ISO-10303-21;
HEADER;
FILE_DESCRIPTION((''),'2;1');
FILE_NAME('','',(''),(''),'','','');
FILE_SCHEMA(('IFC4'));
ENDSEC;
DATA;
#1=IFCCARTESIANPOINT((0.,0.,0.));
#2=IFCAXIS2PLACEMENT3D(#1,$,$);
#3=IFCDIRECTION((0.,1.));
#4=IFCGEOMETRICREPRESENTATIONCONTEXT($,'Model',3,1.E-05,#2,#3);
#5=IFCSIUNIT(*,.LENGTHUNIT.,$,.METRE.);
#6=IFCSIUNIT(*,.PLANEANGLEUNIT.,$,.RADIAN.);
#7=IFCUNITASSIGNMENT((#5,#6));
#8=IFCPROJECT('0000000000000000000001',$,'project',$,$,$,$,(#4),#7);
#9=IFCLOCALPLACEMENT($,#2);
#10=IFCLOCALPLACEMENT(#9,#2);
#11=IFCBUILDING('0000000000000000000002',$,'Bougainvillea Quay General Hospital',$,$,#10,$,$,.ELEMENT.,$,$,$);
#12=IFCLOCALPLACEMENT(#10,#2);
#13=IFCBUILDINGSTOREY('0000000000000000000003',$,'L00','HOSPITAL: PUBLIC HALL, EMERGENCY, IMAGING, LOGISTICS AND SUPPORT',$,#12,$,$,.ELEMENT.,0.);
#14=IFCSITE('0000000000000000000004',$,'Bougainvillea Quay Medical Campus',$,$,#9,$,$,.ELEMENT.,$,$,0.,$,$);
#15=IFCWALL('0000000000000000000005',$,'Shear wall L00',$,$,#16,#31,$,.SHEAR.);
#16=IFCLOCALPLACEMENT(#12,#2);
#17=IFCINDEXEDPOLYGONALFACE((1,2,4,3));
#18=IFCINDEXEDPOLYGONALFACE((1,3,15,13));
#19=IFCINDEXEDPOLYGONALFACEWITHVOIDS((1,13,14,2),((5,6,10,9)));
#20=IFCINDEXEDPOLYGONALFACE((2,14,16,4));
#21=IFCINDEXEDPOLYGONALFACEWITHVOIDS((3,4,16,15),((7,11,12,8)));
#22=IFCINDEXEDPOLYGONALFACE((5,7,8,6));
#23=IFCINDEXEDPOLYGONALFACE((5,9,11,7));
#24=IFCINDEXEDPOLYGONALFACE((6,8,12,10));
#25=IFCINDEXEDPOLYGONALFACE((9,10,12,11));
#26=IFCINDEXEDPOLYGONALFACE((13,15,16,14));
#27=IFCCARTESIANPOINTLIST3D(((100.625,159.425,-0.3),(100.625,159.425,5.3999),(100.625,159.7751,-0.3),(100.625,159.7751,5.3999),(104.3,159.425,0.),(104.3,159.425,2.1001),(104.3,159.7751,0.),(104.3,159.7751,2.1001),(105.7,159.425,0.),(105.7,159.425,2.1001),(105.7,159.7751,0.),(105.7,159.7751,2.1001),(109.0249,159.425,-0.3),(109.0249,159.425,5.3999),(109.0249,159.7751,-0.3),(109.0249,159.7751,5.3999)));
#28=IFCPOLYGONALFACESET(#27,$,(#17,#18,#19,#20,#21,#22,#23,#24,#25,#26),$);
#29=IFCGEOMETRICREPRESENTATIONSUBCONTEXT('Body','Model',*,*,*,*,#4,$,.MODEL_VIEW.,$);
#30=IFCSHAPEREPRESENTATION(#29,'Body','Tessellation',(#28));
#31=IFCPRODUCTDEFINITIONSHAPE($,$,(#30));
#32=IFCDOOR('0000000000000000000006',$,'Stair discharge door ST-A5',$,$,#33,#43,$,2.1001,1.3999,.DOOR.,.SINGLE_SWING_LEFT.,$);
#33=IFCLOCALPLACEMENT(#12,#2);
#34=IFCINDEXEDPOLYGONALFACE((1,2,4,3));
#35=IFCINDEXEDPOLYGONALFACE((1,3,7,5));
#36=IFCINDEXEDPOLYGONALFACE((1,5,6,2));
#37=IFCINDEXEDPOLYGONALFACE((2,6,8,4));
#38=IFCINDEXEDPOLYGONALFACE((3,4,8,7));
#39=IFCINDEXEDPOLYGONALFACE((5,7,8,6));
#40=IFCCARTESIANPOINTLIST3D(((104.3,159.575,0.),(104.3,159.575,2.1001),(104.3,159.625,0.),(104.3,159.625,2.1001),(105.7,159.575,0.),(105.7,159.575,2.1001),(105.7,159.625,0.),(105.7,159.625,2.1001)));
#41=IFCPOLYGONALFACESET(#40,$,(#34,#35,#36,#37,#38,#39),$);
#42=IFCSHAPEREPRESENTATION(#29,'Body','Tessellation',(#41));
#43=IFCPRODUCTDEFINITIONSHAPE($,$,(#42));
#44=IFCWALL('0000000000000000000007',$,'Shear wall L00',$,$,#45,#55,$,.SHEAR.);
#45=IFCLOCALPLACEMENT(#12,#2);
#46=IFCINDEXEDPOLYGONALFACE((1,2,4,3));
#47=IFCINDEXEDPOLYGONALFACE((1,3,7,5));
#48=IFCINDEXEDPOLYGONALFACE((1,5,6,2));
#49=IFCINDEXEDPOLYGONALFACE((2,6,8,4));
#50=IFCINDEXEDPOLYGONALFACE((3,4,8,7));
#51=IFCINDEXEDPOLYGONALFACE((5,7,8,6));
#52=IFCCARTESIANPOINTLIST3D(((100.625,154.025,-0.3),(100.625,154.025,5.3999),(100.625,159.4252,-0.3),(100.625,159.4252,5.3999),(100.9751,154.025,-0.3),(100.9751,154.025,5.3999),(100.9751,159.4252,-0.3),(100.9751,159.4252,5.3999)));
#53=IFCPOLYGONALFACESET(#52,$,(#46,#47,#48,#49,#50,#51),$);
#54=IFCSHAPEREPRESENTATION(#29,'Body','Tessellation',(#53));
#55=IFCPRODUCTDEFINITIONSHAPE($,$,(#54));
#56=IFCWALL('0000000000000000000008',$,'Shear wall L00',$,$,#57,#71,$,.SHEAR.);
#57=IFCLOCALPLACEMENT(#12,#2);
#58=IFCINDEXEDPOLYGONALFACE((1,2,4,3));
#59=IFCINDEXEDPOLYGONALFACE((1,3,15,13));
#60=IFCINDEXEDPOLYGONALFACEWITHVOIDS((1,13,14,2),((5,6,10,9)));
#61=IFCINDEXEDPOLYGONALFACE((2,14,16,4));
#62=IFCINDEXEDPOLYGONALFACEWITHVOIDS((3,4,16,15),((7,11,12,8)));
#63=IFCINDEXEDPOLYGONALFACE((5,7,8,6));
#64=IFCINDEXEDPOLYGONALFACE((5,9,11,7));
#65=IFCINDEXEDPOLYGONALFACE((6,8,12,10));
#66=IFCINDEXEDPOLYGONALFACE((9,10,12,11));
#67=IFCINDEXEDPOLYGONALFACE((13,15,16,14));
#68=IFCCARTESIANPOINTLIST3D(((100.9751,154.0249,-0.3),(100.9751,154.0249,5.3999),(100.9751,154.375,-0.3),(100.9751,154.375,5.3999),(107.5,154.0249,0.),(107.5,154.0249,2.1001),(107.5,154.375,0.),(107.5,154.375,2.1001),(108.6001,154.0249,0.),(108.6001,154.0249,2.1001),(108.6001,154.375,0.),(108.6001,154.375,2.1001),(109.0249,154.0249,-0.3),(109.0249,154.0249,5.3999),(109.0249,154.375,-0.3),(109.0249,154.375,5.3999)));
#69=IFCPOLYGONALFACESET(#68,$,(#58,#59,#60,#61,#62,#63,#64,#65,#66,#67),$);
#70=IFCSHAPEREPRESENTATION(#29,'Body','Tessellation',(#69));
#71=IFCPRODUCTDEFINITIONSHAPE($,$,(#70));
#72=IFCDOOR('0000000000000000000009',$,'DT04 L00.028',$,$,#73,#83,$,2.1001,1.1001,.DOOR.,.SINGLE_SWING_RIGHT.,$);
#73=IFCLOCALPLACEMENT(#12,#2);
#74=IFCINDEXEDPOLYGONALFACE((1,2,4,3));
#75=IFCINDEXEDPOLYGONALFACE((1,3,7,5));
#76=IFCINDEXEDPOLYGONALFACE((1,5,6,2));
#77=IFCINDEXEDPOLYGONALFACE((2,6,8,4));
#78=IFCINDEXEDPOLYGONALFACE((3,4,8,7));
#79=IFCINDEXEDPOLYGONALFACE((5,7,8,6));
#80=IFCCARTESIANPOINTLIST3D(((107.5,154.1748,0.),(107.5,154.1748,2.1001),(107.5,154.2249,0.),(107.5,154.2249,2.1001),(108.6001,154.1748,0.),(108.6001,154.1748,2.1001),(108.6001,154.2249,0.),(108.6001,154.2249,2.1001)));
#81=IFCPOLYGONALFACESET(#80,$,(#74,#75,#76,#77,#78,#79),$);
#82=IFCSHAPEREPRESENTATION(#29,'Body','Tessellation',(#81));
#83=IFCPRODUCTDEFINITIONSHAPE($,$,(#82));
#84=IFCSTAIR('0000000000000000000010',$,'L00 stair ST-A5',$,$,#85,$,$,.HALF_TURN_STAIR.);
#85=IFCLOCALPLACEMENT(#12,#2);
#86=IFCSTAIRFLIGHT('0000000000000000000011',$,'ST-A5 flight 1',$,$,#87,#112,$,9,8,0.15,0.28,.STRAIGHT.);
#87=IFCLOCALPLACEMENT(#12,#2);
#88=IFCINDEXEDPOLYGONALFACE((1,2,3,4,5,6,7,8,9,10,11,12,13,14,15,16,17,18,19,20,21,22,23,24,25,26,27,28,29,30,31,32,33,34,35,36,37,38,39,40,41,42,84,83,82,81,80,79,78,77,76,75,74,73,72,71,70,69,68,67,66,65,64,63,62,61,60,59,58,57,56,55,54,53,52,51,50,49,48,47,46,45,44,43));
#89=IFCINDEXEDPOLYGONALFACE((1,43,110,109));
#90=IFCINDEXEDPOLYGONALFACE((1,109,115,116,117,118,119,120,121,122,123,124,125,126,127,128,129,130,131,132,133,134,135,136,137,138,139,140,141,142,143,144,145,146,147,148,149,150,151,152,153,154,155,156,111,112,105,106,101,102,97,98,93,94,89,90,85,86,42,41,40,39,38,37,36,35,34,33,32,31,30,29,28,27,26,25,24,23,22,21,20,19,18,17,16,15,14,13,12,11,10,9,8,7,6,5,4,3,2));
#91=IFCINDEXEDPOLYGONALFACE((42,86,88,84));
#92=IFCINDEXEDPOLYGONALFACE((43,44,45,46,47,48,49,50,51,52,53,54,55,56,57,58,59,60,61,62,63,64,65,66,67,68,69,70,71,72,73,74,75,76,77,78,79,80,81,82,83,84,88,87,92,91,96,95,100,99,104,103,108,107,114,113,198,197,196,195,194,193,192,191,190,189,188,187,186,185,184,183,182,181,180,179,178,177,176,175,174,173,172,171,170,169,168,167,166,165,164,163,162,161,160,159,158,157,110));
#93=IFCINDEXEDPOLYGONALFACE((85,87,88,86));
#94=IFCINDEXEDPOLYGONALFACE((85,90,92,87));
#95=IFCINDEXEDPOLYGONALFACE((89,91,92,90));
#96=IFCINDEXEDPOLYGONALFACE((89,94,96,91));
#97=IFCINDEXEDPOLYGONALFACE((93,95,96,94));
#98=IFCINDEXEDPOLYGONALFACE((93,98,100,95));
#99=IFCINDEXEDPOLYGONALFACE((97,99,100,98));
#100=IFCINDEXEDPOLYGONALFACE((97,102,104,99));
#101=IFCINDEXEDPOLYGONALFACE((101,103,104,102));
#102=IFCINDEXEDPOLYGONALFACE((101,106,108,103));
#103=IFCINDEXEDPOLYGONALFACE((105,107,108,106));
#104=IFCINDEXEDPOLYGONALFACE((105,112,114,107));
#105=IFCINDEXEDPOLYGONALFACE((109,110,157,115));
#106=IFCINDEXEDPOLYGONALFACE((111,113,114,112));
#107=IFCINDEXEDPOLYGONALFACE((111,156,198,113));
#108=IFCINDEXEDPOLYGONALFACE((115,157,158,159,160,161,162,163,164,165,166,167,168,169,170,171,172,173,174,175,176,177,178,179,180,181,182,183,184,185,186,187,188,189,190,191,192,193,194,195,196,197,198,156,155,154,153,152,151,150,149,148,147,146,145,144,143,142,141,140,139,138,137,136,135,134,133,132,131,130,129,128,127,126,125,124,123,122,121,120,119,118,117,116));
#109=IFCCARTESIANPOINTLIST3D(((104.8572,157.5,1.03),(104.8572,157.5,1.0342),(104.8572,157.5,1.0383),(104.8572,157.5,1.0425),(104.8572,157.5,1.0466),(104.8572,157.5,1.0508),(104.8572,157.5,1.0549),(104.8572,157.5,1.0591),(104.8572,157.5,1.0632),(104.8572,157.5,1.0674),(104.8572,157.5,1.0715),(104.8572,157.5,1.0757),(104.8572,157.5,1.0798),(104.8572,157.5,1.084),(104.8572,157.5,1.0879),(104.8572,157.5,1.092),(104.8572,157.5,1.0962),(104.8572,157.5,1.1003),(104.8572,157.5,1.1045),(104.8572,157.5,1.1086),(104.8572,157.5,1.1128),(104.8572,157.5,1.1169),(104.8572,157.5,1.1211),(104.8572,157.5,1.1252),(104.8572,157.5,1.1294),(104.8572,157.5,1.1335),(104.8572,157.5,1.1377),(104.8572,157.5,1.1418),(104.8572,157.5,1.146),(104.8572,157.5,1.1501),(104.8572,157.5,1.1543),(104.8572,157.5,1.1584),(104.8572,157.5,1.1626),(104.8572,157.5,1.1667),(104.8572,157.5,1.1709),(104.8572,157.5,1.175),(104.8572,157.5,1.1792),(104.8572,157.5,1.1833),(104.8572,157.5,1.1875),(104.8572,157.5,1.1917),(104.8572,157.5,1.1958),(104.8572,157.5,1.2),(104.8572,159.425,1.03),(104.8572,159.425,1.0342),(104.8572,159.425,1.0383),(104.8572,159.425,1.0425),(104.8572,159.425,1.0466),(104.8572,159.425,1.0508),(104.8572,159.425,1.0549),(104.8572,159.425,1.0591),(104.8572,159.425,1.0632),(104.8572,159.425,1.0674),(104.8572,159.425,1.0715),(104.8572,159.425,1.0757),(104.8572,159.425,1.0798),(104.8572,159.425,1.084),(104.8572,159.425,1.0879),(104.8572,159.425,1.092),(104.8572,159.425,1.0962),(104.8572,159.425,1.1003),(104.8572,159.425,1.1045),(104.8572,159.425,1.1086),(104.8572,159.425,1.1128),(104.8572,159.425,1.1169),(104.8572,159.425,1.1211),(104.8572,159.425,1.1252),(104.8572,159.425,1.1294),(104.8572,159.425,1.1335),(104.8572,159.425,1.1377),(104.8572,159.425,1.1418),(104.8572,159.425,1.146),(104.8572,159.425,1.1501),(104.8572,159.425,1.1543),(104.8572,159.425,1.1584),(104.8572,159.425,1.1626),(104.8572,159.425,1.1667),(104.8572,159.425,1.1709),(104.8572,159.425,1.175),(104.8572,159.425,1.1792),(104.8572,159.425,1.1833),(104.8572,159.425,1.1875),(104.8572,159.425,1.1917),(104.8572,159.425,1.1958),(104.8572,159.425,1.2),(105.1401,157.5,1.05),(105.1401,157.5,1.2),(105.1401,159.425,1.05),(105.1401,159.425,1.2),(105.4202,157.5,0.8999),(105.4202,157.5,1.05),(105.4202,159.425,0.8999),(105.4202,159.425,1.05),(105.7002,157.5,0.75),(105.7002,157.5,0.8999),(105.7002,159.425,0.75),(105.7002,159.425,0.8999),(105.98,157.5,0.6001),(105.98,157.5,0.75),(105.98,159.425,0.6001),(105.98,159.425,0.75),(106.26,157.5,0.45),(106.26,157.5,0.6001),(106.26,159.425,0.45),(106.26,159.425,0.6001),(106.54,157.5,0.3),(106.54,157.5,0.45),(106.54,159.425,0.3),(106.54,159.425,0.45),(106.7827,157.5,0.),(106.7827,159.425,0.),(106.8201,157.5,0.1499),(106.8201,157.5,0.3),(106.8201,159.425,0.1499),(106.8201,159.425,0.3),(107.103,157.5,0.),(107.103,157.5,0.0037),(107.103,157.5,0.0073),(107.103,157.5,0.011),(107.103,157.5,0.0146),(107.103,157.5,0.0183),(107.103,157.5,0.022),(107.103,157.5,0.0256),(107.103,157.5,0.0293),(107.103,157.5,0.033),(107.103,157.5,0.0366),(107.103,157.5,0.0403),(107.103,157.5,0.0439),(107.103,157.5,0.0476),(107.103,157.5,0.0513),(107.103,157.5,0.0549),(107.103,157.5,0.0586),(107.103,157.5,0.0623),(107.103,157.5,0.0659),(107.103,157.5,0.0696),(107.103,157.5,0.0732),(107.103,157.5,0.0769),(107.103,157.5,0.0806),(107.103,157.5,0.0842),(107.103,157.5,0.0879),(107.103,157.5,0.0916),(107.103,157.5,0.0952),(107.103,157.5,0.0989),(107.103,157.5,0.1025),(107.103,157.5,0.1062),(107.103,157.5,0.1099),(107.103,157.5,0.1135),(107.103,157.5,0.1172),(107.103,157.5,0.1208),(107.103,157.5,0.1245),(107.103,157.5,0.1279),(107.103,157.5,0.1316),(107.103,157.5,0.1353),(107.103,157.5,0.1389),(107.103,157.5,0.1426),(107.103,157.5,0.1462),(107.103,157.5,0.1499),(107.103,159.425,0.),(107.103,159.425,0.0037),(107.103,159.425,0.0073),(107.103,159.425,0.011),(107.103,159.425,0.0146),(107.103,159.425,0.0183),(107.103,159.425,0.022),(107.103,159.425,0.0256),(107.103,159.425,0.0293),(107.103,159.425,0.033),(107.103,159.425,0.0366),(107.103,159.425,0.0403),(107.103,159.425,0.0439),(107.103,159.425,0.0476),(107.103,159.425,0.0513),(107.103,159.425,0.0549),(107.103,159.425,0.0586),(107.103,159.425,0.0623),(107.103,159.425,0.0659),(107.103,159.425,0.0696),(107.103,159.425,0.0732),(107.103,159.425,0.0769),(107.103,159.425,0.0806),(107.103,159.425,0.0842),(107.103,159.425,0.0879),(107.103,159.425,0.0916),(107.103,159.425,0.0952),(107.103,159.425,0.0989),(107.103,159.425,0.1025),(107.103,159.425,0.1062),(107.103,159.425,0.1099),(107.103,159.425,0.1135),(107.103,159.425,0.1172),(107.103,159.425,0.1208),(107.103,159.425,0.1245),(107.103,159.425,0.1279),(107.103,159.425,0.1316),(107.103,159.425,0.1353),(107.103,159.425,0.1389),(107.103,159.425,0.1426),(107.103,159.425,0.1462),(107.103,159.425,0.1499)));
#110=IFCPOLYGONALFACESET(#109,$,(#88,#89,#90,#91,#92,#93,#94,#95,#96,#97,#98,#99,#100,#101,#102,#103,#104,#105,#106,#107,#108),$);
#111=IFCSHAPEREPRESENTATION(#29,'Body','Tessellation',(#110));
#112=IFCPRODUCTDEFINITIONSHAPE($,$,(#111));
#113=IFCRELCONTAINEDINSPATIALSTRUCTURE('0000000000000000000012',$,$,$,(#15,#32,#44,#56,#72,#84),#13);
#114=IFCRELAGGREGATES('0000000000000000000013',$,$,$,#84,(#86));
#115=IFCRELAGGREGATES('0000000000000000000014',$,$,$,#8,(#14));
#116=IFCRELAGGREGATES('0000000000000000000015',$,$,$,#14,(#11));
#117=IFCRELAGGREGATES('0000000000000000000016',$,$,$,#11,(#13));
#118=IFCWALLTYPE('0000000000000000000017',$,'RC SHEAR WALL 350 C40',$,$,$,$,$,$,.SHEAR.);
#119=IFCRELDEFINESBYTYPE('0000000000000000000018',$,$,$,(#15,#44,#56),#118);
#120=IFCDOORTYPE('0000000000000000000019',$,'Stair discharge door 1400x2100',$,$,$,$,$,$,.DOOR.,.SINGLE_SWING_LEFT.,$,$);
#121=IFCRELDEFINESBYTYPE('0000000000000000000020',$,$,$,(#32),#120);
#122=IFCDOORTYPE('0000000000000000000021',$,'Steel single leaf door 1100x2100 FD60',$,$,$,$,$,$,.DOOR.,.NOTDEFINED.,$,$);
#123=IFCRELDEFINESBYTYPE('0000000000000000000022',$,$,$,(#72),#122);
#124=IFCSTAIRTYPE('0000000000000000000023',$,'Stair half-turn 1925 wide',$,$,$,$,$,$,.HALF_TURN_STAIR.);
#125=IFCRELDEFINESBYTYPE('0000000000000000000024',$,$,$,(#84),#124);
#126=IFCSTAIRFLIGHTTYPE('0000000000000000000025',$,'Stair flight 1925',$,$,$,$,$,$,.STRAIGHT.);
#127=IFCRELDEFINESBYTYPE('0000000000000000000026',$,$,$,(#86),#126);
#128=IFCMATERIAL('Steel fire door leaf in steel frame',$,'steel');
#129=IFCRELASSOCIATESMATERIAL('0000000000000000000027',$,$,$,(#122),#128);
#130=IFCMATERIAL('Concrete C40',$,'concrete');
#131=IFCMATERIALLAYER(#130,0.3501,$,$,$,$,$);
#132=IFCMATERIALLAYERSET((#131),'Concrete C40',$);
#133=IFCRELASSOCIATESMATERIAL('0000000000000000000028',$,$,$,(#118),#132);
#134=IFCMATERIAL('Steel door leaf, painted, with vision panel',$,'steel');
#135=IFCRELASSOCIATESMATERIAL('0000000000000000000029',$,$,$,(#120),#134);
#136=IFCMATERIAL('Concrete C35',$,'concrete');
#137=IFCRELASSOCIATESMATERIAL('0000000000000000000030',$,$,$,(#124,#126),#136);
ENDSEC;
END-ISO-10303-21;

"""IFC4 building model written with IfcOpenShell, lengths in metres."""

from ifc_helpers import new_model, si_unit, direction, frame, frame_2d, origin, place, context, subcontext, project, spatial, polyline, rectangle, outline, extrude, material, layer, layer_set, type_object, element, fill, aggregate, save


model = new_model("IFC4")

# Units and contexts
model_context = context("Model", 3, precision=1e-05, world=origin(), true_north=direction((0.0, 1.0)))
body_context = subcontext(model_context, "Body", "Model", "MODEL_VIEW")
ifc_project = project(units=[si_unit("LENGTHUNIT", "METRE"), si_unit("PLANEANGLEUNIT", "RADIAN")], contexts=[model_context])

# Site, building, storey
site_placement = place(None, origin())
site = spatial("IfcSite", under=ifc_project, at=site_placement, Name="Bougainvillea Quay Medical Campus", CompositionType="ELEMENT", RefElevation=0.0)
building_placement = place(site_placement, origin())
building = spatial("IfcBuilding", under=site, at=building_placement, Name="Bougainvillea Quay General Hospital", CompositionType="ELEMENT")
storey_placement = place(building_placement, origin())
storey = spatial("IfcBuildingStorey", under=building, at=storey_placement, Name="L00", Description="HOSPITAL: PUBLIC HALL, EMERGENCY, IMAGING, LOGISTICS AND SUPPORT", CompositionType="ELEMENT", Elevation=0.0)

# Shared definitions
ifc_material_1 = material(Name="Steel fire door leaf in steel frame", Category="steel")
door_type_1 = type_object("IfcDoorType", Name="Steel single leaf door 1100x2100 FD60", OperationType="NOTDEFINED", PredefinedType="DOOR", material=ifc_material_1)

# Wall, opening, door
ifc_material_2 = material(Name="Concrete C40", Category="concrete")
ifc_layer_1 = layer(ifc_material_2, 0.3501)
ifc_layer_set_1 = layer_set([ifc_layer_1], Name="Concrete C40")
wall_type_1 = type_object("IfcWallType", Name="RC SHEAR WALL 350 C40", PredefinedType="SHEAR", material=ifc_layer_set_1)
wall_1_placement = place(storey_placement, frame((100.625, 159.6001, -0.3), z_axis=(0.0, 0.0, 1.0), x_axis=(1.0, 0.0, 0.0)))
wall_1 = element("IfcWall", 1, at=wall_1_placement, inside=storey, type_object=wall_type_1, Name="Shear wall L00", PredefinedType="SHEAR", context=body_context, shape_type="SweptSolid", body=[
    extrude(rectangle(XDim=8.3999, YDim=0.3501, at=frame_2d((4.2, 0.0))), origin(), (0.0, 0.0, 1.0), 5.7),
])
opening_1_placement = place(wall_1_placement, frame((3.675, 0.0, 0.3)))
opening_1 = element("IfcOpeningElement", 2, at=opening_1_placement, cuts=wall_1, PredefinedType="OPENING", context=body_context, shape_type="SweptSolid", body=[
    extrude(rectangle(XDim=1.3999, YDim=2.1001, at=frame_2d((0.7, 1.05))), frame((0.0, 0.1851, 0.0), z_axis=(0.0, -1.0, 0.0), x_axis=(1.0, 0.0, 0.0)), (0.0, 0.0, 1.0), 0.3701),
])
ifc_material_3 = material(Name="Steel door leaf, painted, with vision panel", Category="steel")
door_type_2 = type_object("IfcDoorType", Name="Stair discharge door 1400x2100", OperationType="SINGLE_SWING_LEFT", PredefinedType="DOOR", material=ifc_material_3)
door_1_placement = place(opening_1_placement, origin())
door_1 = element("IfcDoor", 3, at=door_1_placement, inside=storey, type_object=door_type_2, Name="Stair discharge door ST-A5", OperationType="SINGLE_SWING_LEFT", OverallHeight=2.1001, OverallWidth=1.3999, PredefinedType="DOOR", context=body_context, shape_type="SweptSolid", body=[
    extrude(rectangle(XDim=1.3999, YDim=2.1001, at=frame_2d((0.7, 1.05))), frame((0.0, 0.0249, 0.0), z_axis=(0.0, -1.0, 0.0), x_axis=(1.0, 0.0, 0.0)), (0.0, 0.0, 1.0), 0.05),
])
fill(opening_1, door_1)

# Wall
wall_2_placement = place(storey_placement, frame((100.8, 154.0249, -0.3), z_axis=(0.0, 0.0, 1.0), x_axis=(0.0, 1.0, 0.0)))
element("IfcWall", 4, at=wall_2_placement, inside=storey, type_object=wall_type_1, Name="Shear wall L00", PredefinedType="SHEAR", context=body_context, shape_type="SweptSolid", body=[
    extrude(rectangle(XDim=5.4001, YDim=0.3501, at=frame_2d((2.7002, 0.0))), origin(), (0.0, 0.0, 1.0), 5.7),
])

# Wall, opening, door
wall_3_placement = place(storey_placement, frame((100.9751, 154.2, -0.3), z_axis=(0.0, 0.0, 1.0), x_axis=(1.0, 0.0, 0.0)))
wall_3 = element("IfcWall", 5, at=wall_3_placement, inside=storey, type_object=wall_type_1, Name="Shear wall L00", PredefinedType="SHEAR", context=body_context, shape_type="SweptSolid", body=[
    extrude(rectangle(XDim=8.0498, YDim=0.3501, at=frame_2d((4.0249, 0.0))), origin(), (0.0, 0.0, 1.0), 5.7),
])
opening_2_placement = place(wall_3_placement, frame((6.5249, 0.0, 0.3)))
opening_2 = element("IfcOpeningElement", 6, at=opening_2_placement, cuts=wall_3, PredefinedType="OPENING", context=body_context, shape_type="SweptSolid", body=[
    extrude(rectangle(XDim=1.1001, YDim=2.1001, at=frame_2d((0.55, 1.05))), frame((0.0, 0.1851, 0.0), z_axis=(0.0, -1.0, 0.0), x_axis=(1.0, 0.0, 0.0)), (0.0, 0.0, 1.0), 0.3701),
])
door_2_placement = place(opening_2_placement, origin())
door_2 = element("IfcDoor", 7, at=door_2_placement, inside=storey, type_object=door_type_1, Name="DT04 L00.028", OperationType="SINGLE_SWING_RIGHT", OverallHeight=2.1001, OverallWidth=1.1001, PredefinedType="DOOR", context=body_context, shape_type="SweptSolid", body=[
    extrude(rectangle(XDim=1.1001, YDim=2.1001, at=frame_2d((0.55, 1.05))), frame((0.0, 0.0249, 0.0), z_axis=(0.0, -1.0, 0.0), x_axis=(1.0, 0.0, 0.0)), (0.0, 0.0, 1.0), 0.05),
])
fill(opening_2, door_2)

# Stair, stair flight
ifc_material_4 = material(Name="Concrete C35", Category="concrete")
stair_type = type_object("IfcStairType", Name="Stair half-turn 1925 wide", PredefinedType="HALF_TURN_STAIR", material=ifc_material_4)
stair_placement = place(storey_placement, origin())
stair = element("IfcStair", 8, at=stair_placement, inside=storey, type_object=stair_type, Name="L00 stair ST-A5", PredefinedType="HALF_TURN_STAIR")
stair_flight_type = type_object("IfcStairFlightType", Name="Stair flight 1925", PredefinedType="STRAIGHT", material=ifc_material_4)
stair_flight_1_placement = place(storey_placement, frame((107.1001, 158.4624, 0.0), z_axis=(0.0, 0.0, 1.0), x_axis=(-1.0, 0.0, 0.0)))
stair_flight_1 = element("IfcStairFlight", 9, at=stair_flight_1_placement, type_object=stair_flight_type, Name="ST-A5 flight 1", NumberOfRisers=9, NumberOfTreads=8, PredefinedType="STRAIGHT", RiserHeight=0.15, TreadLength=0.28, context=body_context, shape_type="SweptSolid", body=[
    extrude(outline(polyline([(-0.0029, 0.0), (-0.0029, 0.0037), (-0.0029, 0.0073), (-0.0029, 0.011), (-0.0029, 0.0146), (-0.0029, 0.0183), (-0.0029, 0.022), (-0.0029, 0.0256), (-0.0029, 0.0293), (-0.0029, 0.033), (-0.0029, 0.0366), (-0.0029, 0.0403), (-0.0029, 0.0439), (-0.0029, 0.0476), (-0.0029, 0.0513), (-0.0029, 0.0549), (-0.0029, 0.0586), (-0.0029, 0.0623), (-0.0029, 0.0659), (-0.0029, 0.0696), (-0.0029, 0.0732), (-0.0029, 0.0769), (-0.0029, 0.0806), (-0.0029, 0.0842), (-0.0029, 0.0879), (-0.0029, 0.0916), (-0.0029, 0.0952), (-0.0029, 0.0989), (-0.0029, 0.1025), (-0.0029, 0.1062), (-0.0029, 0.1099), (-0.0029, 0.1135), (-0.0029, 0.1172), (-0.0029, 0.1208), (-0.0029, 0.1245), (-0.0029, 0.1279), (-0.0029, 0.1316), (-0.0029, 0.1353), (-0.0029, 0.1389), (-0.0029, 0.1426), (-0.0029, 0.1462), (-0.0029, 0.1499), (0.28, 0.1499), (0.28, 0.3), (0.5601, 0.3), (0.5601, 0.45), (0.8401, 0.45), (0.8401, 0.6001), (1.1201, 0.6001), (1.1201, 0.75), (1.3999, 0.75), (1.3999, 0.8999), (1.6799, 0.8999), (1.6799, 1.05), (1.96, 1.05), (1.96, 1.2), (2.2429, 1.2), (2.2429, 1.1958), (2.2429, 1.1917), (2.2429, 1.1875), (2.2429, 1.1833), (2.2429, 1.1792), (2.2429, 1.175), (2.2429, 1.1709), (2.2429, 1.1667), (2.2429, 1.1626), (2.2429, 1.1584), (2.2429, 1.1543), (2.2429, 1.1501), (2.2429, 1.146), (2.2429, 1.1418), (2.2429, 1.1377), (2.2429, 1.1335), (2.2429, 1.1294), (2.2429, 1.1252), (2.2429, 1.1211), (2.2429, 1.1169), (2.2429, 1.1128), (2.2429, 1.1086), (2.2429, 1.1045), (2.2429, 1.1003), (2.2429, 1.0962), (2.2429, 1.092), (2.2429, 1.0879), (2.2429, 1.084), (2.2429, 1.0798), (2.2429, 1.0757), (2.2429, 1.0715), (2.2429, 1.0674), (2.2429, 1.0632), (2.2429, 1.0591), (2.2429, 1.0549), (2.2429, 1.0508), (2.2429, 1.0466), (2.2429, 1.0425), (2.2429, 1.0383), (2.2429, 1.0342), (2.2429, 1.03), (0.3174, 0.0), (-0.0029, 0.0)])), frame((0.0, 0.9624, 0.0), z_axis=(0.0, -1.0, 0.0), x_axis=(1.0, 0.0, 0.0)), (0.0, 0.0, 1.0), 1.925),
])
aggregate(stair, [stair_flight_1])

save(model, "model.ifc")
